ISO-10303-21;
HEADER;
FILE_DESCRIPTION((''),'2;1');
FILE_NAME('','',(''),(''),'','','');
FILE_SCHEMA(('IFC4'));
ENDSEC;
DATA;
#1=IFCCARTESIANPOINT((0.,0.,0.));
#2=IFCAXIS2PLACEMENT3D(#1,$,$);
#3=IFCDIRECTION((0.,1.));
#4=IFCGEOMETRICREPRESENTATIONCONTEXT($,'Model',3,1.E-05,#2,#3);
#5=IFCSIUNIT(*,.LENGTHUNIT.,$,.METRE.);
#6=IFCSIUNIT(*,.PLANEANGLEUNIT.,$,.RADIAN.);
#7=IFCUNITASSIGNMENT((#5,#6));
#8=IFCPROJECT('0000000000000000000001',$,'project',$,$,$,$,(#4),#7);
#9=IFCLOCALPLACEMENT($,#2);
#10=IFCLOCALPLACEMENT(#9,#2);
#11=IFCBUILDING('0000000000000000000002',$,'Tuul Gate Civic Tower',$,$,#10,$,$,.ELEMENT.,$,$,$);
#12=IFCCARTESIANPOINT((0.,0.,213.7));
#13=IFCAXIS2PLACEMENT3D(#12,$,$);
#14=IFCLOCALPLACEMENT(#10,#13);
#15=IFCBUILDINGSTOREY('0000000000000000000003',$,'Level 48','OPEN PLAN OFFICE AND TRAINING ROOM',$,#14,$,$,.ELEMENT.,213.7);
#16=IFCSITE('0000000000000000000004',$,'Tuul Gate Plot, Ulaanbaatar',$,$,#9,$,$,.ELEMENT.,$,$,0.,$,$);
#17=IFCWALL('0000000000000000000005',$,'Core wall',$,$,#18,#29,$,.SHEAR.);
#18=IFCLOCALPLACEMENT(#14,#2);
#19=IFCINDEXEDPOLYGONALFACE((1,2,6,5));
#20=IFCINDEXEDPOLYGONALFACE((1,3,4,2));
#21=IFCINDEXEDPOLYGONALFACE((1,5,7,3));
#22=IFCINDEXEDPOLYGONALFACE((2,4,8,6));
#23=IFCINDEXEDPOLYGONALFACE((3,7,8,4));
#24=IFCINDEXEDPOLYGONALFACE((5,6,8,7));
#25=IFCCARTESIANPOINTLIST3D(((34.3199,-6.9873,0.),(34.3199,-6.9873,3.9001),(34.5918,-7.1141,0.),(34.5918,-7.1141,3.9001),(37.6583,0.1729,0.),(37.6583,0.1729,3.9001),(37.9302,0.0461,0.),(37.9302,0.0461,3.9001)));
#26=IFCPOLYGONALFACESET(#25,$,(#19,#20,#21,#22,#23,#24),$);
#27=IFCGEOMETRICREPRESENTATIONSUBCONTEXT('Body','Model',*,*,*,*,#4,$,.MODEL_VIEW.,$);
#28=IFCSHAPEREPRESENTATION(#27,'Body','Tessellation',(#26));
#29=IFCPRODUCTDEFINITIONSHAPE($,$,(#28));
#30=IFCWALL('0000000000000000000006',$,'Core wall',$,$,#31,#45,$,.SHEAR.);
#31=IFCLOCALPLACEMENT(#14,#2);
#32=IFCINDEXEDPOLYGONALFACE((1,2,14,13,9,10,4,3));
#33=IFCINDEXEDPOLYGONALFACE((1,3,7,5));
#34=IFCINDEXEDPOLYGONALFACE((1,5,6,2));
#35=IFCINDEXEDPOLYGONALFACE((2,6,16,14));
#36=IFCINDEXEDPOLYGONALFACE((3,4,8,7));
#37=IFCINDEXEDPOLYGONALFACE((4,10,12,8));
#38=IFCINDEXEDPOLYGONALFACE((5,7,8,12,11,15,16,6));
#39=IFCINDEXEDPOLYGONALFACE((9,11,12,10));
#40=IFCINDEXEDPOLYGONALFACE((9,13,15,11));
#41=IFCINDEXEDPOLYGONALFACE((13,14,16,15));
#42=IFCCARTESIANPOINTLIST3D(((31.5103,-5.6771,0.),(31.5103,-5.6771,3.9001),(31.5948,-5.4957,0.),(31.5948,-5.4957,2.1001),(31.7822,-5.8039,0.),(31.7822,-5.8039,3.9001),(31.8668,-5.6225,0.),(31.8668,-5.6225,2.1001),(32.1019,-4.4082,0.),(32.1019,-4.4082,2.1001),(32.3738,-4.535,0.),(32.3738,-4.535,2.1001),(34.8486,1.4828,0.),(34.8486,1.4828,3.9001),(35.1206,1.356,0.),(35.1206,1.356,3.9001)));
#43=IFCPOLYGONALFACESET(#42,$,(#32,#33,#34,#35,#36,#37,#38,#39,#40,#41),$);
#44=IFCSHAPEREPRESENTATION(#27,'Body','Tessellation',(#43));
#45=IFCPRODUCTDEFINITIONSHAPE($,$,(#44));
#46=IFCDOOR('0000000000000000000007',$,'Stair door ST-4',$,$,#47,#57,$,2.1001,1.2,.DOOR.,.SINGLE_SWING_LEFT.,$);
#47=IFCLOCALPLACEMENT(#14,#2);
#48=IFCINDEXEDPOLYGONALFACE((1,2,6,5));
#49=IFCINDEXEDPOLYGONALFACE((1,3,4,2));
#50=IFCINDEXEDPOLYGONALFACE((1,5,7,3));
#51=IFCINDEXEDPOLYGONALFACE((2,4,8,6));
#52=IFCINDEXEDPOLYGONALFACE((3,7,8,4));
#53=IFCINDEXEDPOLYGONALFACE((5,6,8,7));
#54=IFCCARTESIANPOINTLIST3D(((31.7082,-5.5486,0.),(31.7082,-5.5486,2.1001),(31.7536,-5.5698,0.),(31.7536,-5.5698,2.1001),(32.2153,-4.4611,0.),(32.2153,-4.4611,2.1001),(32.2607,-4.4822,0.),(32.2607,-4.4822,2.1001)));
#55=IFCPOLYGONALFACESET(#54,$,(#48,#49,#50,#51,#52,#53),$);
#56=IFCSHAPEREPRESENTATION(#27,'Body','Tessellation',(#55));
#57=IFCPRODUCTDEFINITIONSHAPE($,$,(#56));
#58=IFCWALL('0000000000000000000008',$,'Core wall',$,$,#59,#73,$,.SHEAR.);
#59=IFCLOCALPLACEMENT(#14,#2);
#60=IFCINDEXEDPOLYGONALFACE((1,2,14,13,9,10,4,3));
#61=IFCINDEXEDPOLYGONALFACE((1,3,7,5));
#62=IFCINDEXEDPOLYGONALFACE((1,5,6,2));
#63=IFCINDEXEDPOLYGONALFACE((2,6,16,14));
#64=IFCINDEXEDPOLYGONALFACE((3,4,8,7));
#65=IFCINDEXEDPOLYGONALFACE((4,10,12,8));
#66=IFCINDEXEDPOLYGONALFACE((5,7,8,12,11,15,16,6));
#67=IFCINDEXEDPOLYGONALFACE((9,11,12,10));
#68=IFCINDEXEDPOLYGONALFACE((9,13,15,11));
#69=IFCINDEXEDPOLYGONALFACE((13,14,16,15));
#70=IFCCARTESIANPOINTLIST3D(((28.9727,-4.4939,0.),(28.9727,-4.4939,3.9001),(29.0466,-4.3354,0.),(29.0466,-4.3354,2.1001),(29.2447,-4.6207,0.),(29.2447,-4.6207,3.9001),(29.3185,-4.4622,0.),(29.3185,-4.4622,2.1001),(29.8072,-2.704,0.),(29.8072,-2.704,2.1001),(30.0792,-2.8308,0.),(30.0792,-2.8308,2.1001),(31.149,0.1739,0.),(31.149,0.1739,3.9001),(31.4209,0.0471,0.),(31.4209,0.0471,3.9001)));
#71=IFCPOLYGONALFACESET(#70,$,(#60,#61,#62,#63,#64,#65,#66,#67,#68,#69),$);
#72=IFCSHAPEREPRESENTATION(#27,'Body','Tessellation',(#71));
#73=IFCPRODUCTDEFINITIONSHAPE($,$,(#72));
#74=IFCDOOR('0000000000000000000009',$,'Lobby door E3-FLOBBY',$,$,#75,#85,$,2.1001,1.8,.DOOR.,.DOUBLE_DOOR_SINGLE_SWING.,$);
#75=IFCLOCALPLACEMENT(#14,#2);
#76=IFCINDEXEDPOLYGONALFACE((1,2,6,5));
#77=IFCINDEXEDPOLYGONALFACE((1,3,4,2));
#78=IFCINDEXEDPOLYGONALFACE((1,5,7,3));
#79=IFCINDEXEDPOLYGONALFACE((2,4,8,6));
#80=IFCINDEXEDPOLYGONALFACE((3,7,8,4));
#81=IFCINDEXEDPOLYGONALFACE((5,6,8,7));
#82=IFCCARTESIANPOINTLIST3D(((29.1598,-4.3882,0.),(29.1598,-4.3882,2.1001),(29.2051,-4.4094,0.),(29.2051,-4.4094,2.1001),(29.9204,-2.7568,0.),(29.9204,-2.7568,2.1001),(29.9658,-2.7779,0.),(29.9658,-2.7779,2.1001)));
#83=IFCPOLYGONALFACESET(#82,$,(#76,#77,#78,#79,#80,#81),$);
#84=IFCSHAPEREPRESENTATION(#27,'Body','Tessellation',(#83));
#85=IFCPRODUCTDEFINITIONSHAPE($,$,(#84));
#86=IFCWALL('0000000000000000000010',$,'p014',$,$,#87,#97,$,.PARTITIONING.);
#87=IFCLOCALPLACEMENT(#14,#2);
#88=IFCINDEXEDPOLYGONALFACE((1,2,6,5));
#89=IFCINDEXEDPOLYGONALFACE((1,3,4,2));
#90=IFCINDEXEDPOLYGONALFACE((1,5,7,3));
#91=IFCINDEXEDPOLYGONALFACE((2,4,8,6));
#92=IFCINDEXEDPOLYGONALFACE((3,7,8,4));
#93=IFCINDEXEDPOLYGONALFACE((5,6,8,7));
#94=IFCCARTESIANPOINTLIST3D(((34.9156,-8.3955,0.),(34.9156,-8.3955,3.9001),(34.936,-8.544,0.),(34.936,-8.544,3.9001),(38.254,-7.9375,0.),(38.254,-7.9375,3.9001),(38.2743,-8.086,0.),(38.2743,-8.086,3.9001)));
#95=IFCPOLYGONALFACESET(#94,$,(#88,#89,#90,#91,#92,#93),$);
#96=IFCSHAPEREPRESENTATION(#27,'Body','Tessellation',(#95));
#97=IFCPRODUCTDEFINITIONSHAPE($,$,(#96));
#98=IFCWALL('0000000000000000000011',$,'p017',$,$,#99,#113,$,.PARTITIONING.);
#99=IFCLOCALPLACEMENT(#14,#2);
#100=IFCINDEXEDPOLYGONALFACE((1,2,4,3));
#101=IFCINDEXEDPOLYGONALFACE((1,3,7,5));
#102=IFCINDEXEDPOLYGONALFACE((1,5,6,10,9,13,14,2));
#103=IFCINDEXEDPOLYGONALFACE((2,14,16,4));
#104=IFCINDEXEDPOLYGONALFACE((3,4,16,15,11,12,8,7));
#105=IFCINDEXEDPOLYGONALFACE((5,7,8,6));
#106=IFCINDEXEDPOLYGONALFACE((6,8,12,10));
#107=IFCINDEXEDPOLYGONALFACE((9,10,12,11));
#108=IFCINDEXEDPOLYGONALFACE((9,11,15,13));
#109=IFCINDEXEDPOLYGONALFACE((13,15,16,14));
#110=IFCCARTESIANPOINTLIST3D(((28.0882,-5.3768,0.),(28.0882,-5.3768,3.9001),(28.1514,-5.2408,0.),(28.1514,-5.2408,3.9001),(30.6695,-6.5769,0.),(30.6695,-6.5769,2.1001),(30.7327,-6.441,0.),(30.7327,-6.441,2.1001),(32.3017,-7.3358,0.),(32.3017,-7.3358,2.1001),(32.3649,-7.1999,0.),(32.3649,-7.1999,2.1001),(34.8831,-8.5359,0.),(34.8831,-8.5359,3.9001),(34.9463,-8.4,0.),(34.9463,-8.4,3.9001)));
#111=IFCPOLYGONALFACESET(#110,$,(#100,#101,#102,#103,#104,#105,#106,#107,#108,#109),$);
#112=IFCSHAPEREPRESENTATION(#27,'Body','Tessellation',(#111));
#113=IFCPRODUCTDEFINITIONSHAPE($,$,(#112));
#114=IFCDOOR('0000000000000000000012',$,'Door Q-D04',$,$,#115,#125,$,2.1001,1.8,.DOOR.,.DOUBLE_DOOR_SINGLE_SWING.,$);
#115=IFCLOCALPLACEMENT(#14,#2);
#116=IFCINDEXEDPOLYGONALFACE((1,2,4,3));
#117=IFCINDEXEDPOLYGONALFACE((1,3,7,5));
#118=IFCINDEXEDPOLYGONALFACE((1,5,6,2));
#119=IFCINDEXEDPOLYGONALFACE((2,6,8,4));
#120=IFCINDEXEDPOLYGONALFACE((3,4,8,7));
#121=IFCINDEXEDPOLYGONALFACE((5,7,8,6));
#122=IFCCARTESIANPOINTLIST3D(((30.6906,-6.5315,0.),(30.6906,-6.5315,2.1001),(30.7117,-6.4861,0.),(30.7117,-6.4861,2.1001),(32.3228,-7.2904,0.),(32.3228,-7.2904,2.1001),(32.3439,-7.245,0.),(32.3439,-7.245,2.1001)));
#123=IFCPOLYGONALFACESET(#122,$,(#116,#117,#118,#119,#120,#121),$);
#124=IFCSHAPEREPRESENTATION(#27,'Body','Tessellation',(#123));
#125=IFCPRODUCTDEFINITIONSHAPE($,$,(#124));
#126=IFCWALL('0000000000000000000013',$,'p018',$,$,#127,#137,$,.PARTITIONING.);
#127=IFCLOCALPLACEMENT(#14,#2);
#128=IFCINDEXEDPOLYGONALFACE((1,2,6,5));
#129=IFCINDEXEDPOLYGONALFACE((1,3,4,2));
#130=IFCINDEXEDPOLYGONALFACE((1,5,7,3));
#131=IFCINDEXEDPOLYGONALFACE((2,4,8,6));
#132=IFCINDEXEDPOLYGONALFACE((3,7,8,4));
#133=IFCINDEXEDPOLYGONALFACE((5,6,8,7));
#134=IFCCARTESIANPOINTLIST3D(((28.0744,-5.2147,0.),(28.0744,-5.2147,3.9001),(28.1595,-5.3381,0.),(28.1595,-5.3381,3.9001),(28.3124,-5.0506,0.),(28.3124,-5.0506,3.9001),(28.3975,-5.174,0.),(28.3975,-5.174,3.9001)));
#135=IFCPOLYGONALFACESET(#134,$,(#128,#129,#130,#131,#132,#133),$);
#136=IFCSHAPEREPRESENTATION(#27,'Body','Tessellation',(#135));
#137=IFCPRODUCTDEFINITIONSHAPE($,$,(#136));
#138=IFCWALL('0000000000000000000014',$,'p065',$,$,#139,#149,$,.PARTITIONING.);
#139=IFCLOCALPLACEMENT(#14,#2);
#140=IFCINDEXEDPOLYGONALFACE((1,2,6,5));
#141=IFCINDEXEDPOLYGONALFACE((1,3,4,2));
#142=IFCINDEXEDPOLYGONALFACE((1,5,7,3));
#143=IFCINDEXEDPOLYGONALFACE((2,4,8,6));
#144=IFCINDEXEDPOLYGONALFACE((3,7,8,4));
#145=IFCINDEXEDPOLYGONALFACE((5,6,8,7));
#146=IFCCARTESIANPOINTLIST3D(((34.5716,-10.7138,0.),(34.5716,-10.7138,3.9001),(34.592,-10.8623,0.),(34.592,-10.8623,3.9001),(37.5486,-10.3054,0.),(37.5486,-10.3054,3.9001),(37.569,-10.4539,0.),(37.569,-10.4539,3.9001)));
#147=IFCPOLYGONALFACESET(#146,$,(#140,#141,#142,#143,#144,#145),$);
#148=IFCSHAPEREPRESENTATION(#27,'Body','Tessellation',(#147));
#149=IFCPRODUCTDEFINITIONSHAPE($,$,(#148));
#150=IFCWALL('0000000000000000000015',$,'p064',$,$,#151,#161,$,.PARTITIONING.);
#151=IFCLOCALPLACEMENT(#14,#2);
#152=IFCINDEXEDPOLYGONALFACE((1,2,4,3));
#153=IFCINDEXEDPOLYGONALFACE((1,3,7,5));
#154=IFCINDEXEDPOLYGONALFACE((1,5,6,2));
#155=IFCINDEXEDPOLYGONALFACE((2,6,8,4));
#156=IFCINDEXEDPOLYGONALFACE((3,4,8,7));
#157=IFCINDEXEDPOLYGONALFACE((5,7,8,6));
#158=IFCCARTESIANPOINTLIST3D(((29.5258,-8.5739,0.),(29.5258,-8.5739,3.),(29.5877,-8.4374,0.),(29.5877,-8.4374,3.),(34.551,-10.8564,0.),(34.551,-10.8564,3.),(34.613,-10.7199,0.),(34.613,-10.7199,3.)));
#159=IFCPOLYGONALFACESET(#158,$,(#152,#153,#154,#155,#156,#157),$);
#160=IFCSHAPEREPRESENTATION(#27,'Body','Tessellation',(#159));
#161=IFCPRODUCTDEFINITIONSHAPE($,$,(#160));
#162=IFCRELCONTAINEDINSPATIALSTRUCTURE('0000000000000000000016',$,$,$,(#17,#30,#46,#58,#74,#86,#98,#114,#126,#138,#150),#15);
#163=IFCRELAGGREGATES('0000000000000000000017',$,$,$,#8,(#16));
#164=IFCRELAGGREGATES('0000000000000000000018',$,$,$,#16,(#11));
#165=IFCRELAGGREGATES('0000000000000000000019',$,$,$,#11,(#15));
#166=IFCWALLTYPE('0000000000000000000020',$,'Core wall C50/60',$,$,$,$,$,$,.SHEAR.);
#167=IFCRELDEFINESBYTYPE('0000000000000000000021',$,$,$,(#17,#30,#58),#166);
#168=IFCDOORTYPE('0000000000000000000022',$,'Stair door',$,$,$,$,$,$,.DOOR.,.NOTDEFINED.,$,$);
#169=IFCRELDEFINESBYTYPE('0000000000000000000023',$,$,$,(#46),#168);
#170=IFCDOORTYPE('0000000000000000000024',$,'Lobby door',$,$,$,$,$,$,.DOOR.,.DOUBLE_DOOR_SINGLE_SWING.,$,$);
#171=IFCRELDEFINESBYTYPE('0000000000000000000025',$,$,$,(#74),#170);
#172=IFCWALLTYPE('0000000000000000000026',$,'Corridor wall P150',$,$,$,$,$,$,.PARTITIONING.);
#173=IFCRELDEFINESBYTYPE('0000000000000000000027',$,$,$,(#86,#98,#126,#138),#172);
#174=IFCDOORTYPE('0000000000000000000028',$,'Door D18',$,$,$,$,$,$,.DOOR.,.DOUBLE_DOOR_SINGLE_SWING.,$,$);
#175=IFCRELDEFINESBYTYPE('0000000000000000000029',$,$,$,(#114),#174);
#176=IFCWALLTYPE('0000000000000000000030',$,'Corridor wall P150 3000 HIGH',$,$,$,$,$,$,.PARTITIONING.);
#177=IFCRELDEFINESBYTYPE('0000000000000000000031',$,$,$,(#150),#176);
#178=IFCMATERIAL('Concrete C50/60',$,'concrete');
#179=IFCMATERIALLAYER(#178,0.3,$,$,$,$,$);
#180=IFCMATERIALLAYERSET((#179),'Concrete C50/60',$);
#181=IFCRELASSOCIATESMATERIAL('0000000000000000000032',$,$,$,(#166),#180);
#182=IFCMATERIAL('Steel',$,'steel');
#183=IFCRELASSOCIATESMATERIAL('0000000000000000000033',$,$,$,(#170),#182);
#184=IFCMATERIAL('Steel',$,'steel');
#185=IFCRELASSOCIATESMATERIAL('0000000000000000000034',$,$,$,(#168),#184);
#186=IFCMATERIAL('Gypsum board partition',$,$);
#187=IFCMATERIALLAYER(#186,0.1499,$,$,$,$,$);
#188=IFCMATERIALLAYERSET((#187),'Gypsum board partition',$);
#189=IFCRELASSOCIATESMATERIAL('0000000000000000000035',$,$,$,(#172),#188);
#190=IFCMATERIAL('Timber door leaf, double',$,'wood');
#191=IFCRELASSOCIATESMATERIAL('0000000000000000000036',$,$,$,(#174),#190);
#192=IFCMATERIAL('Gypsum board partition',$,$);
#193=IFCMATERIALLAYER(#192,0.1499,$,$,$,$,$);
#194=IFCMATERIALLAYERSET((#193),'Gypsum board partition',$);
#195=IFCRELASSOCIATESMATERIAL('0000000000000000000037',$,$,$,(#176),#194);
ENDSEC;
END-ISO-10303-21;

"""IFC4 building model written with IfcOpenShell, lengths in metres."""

from ifc_helpers import new_model, si_unit, direction, frame, frame_2d, origin, place, context, subcontext, project, spatial, rectangle, extrude, material, layer, layer_set, type_object, element, fill, save


model = new_model("IFC4")

# Units and contexts
model_context = context("Model", 3, precision=1e-05, world=origin(), true_north=direction((0.0, 1.0)))
body_context = subcontext(model_context, "Body", "Model", "MODEL_VIEW")
ifc_project = project(units=[si_unit("LENGTHUNIT", "METRE"), si_unit("PLANEANGLEUNIT", "RADIAN")], contexts=[model_context])

# Site, building, storey
site_placement = place(None, origin())
site = spatial("IfcSite", under=ifc_project, at=site_placement, Name="Tuul Gate Plot, Ulaanbaatar", CompositionType="ELEMENT", RefElevation=0.0)
building_placement = place(site_placement, origin())
building = spatial("IfcBuilding", under=site, at=building_placement, Name="Tuul Gate Civic Tower", CompositionType="ELEMENT")
storey_placement = place(building_placement, frame((0.0, 0.0, 213.7)))
storey = spatial("IfcBuildingStorey", under=building, at=storey_placement, Name="Level 48", Description="OPEN PLAN OFFICE AND TRAINING ROOM", CompositionType="ELEMENT", Elevation=213.7)

# Shared definitions
ifc_material_1 = material(Name="Concrete C50/60", Category="concrete")
ifc_layer_1 = layer(ifc_material_1, 0.3)
ifc_layer_set_1 = layer_set([ifc_layer_1], Name="Concrete C50/60")
wall_type_1 = type_object("IfcWallType", Name="Core wall C50/60", PredefinedType="SHEAR", material=ifc_layer_set_1)
ifc_material_2 = material(Name="Steel", Category="steel")
door_type_1 = type_object("IfcDoorType", Name="Lobby door", OperationType="DOUBLE_DOOR_SINGLE_SWING", PredefinedType="DOOR", material=ifc_material_2)

# Wall
wall_1_placement = place(storey_placement, frame((34.4558, -7.0508, 0.0), z_axis=(0.0, 0.0, 1.0), x_axis=(0.422571, 0.90633, 0.0)))
element("IfcWall", 1, at=wall_1_placement, inside=storey, type_object=wall_type_1, Name="Core wall", PredefinedType="SHEAR", context=body_context, shape_type="SweptSolid", body=[
    extrude(rectangle(XDim=7.9001, YDim=0.3, at=frame_2d((3.9502, 0.0))), origin(), (0.0, 0.0, 1.0), 3.9001),
])

# Walls, openings, doors
wall_2_placement = place(storey_placement, frame((31.6462, -5.7405, 0.0), z_axis=(0.0, 0.0, 1.0), x_axis=(0.422583, 0.906324, 0.0)))
wall_2 = element("IfcWall", 2, at=wall_2_placement, inside=storey, type_object=wall_type_1, Name="Core wall", PredefinedType="SHEAR", context=body_context, shape_type="SweptSolid", body=[
    extrude(rectangle(XDim=7.8999, YDim=0.3, at=frame_2d((3.95, 0.0))), origin(), (0.0, 0.0, 1.0), 3.9001),
])
opening_1_placement = place(wall_2_placement, frame((0.2, 0.0, 0.0)))
opening_1 = element("IfcOpeningElement", 3, at=opening_1_placement, cuts=wall_2, PredefinedType="OPENING", context=body_context, shape_type="SweptSolid", body=[
    extrude(rectangle(XDim=1.2, YDim=2.1001, at=frame_2d((0.6001, 1.05))), frame((0.0, 0.1602, 0.0), z_axis=(0.0, -1.0, 0.0), x_axis=(1.0, 0.0, 0.0)), (0.0, 0.0, 1.0), 0.3201),
])
ifc_material_3 = material(Name="Steel", Category="steel")
door_type_2 = type_object("IfcDoorType", Name="Stair door", OperationType="NOTDEFINED", PredefinedType="DOOR", material=ifc_material_3)
door_1_placement = place(opening_1_placement, origin())
door_1 = element("IfcDoor", 4, at=door_1_placement, inside=storey, type_object=door_type_2, Name="Stair door ST-4", OperationType="SINGLE_SWING_LEFT", OverallHeight=2.1001, OverallWidth=1.2, PredefinedType="DOOR", context=body_context, shape_type="SweptSolid", body=[
    extrude(rectangle(XDim=1.2, YDim=2.1001, at=frame_2d((0.6001, 1.05))), frame((0.0, 0.0249, 0.0), z_axis=(0.0, -1.0, 0.0), x_axis=(1.0, 0.0, 0.0)), (0.0, 0.0, 1.0), 0.05),
])
fill(opening_1, door_1)
wall_3_placement = place(storey_placement, frame((29.1086, -4.5574, 0.0), z_axis=(0.0, 0.0, 1.0), x_axis=(0.422566, 0.906332, 0.0)))
wall_3 = element("IfcWall", 5, at=wall_3_placement, inside=storey, type_object=wall_type_1, Name="Core wall", PredefinedType="SHEAR", context=body_context, shape_type="SweptSolid", body=[
    extrude(rectangle(XDim=5.1501, YDim=0.3, at=frame_2d((2.5752, 0.0))), origin(), (0.0, 0.0, 1.0), 3.9001),
])
opening_2_placement = place(wall_3_placement, frame((0.175, 0.0, 0.0)))
opening_2 = element("IfcOpeningElement", 6, at=opening_2_placement, cuts=wall_3, PredefinedType="OPENING", context=body_context, shape_type="SweptSolid", body=[
    extrude(rectangle(XDim=1.8, YDim=2.1001, at=frame_2d((0.8999, 1.05))), frame((0.0, 0.1602, 0.0), z_axis=(0.0, -1.0, 0.0), x_axis=(1.0, 0.0, 0.0)), (0.0, 0.0, 1.0), 0.3201),
])
door_2_placement = place(opening_2_placement, frame((1.8, 0.0, 0.0), z_axis=(0.0, 0.0, 1.0), x_axis=(-1.0, 0.0, 0.0)))
door_2 = element("IfcDoor", 7, at=door_2_placement, inside=storey, type_object=door_type_1, Name="Lobby door E3-FLOBBY", OperationType="DOUBLE_DOOR_SINGLE_SWING", OverallHeight=2.1001, OverallWidth=1.8, PredefinedType="DOOR", context=body_context, shape_type="SweptSolid", body=[
    extrude(rectangle(XDim=1.8, YDim=2.1001, at=frame_2d((0.9001, 1.05))), frame((0.0, 0.0249, 0.0), z_axis=(0.0, -1.0, 0.0), x_axis=(1.0, 0.0, 0.0)), (0.0, 0.0, 1.0), 0.05),
])
fill(opening_2, door_2)

# Wall
ifc_material_4 = material(Name="Gypsum board partition")
ifc_layer_2 = layer(ifc_material_4, 0.1499)
ifc_layer_set_2 = layer_set([ifc_layer_2], Name="Gypsum board partition")
wall_type_2 = type_object("IfcWallType", Name="Corridor wall P150", PredefinedType="PARTITIONING", material=ifc_layer_set_2)
wall_4_placement = place(storey_placement, frame((34.9258, -8.4697, 0.0), z_axis=(0.0, 0.0, 1.0), x_axis=(0.99072, 0.135921, 0.0)))
element("IfcWall", 8, at=wall_4_placement, inside=storey, type_object=wall_type_2, Name="p014", PredefinedType="PARTITIONING", context=body_context, shape_type="SweptSolid", body=[
    extrude(rectangle(XDim=3.3696, YDim=0.1499, at=frame_2d((1.6848, 0.0))), origin(), (0.0, 0.0, 1.0), 3.9001),
])

# Wall, opening, door
wall_5_placement = place(storey_placement, frame((28.1199, -5.3088, 0.0), z_axis=(0.0, 0.0, 1.0), x_axis=(0.906785, -0.421594, 0.0)))
wall_5 = element("IfcWall", 9, at=wall_5_placement, inside=storey, type_object=wall_type_2, Name="p017", PredefinedType="PARTITIONING", context=body_context, shape_type="SweptSolid", body=[
    extrude(rectangle(XDim=7.4934, YDim=0.1499, at=frame_2d((3.7466, 0.0))), origin(), (0.0, 0.0, 1.0), 3.9001),
])
opening_3_placement = place(wall_5_placement, frame((2.8467, 0.0, 0.0)))
opening_3 = element("IfcOpeningElement", 10, at=opening_3_placement, cuts=wall_5, PredefinedType="OPENING", context=body_context, shape_type="SweptSolid", body=[
    extrude(rectangle(XDim=1.8, YDim=2.1001, at=frame_2d((0.8999, 1.05))), frame((0.0, 0.085, 0.0), z_axis=(0.0, -1.0, 0.0), x_axis=(1.0, 0.0, 0.0)), (0.0, 0.0, 1.0), 0.1699),
])
ifc_material_5 = material(Name="Timber door leaf, double", Category="wood")
door_type_3 = type_object("IfcDoorType", Name="Door D18", OperationType="DOUBLE_DOOR_SINGLE_SWING", PredefinedType="DOOR", material=ifc_material_5)
door_3_placement = place(opening_3_placement, frame((1.8, 0.0, 0.0), z_axis=(0.0, 0.0, 1.0), x_axis=(-1.0, 0.0, 0.0)))
door_3 = element("IfcDoor", 11, at=door_3_placement, inside=storey, type_object=door_type_3, Name="Door Q-D04", OperationType="DOUBLE_DOOR_SINGLE_SWING", OverallHeight=2.1001, OverallWidth=1.8, PredefinedType="DOOR", context=body_context, shape_type="SweptSolid", body=[
    extrude(rectangle(XDim=1.8, YDim=2.1001, at=frame_2d((0.9001, 1.05))), frame((0.0, 0.0249, 0.0), z_axis=(0.0, -1.0, 0.0), x_axis=(1.0, 0.0, 0.0)), (0.0, 0.0, 1.0), 0.05),
])
fill(opening_3, door_3)

# Walls
wall_6_placement = place(storey_placement, frame((28.1169, -5.2764, 0.0), z_axis=(0.0, 0.0, 1.0), x_axis=(0.823376, 0.567496, 0.0)))
element("IfcWall", 12, at=wall_6_placement, inside=storey, type_object=wall_type_2, Name="p018", PredefinedType="PARTITIONING", context=body_context, shape_type="SweptSolid", body=[
    extrude(rectangle(XDim=0.2891, YDim=0.1499, at=frame_2d((0.1445, 0.0))), origin(), (0.0, 0.0, 1.0), 3.9001),
])
wall_7_placement = place(storey_placement, frame((34.5818, -10.7881, 0.0), z_axis=(0.0, 0.0, 1.0), x_axis=(0.990719, 0.135925, 0.0)))
element("IfcWall", 13, at=wall_7_placement, inside=storey, type_object=wall_type_2, Name="p065", PredefinedType="PARTITIONING", context=body_context, shape_type="SweptSolid", body=[
    extrude(rectangle(XDim=3.0049, YDim=0.1499, at=frame_2d((1.5024, 0.0))), origin(), (0.0, 0.0, 1.0), 3.9001),
])
ifc_material_6 = material(Name="Gypsum board partition")
ifc_layer_3 = layer(ifc_material_6, 0.1499)
ifc_layer_set_3 = layer_set([ifc_layer_3], Name="Gypsum board partition")
wall_type_3 = type_object("IfcWallType", Name="Corridor wall P150 3000 HIGH", PredefinedType="PARTITIONING", material=ifc_layer_set_3)
wall_8_placement = place(storey_placement, frame((29.5566, -8.5056, 0.0), z_axis=(0.0, 0.0, 1.0), x_axis=(0.910482, -0.41355, 0.0)))
element("IfcWall", 14, at=wall_8_placement, inside=storey, type_object=wall_type_3, Name="p064", PredefinedType="PARTITIONING", context=body_context, shape_type="SweptSolid", body=[
    extrude(rectangle(XDim=5.5193, YDim=0.1499, at=frame_2d((2.7598, 0.0))), origin(), (0.0, 0.0, 1.0), 3.0),
])

save(model, "model.ifc")
